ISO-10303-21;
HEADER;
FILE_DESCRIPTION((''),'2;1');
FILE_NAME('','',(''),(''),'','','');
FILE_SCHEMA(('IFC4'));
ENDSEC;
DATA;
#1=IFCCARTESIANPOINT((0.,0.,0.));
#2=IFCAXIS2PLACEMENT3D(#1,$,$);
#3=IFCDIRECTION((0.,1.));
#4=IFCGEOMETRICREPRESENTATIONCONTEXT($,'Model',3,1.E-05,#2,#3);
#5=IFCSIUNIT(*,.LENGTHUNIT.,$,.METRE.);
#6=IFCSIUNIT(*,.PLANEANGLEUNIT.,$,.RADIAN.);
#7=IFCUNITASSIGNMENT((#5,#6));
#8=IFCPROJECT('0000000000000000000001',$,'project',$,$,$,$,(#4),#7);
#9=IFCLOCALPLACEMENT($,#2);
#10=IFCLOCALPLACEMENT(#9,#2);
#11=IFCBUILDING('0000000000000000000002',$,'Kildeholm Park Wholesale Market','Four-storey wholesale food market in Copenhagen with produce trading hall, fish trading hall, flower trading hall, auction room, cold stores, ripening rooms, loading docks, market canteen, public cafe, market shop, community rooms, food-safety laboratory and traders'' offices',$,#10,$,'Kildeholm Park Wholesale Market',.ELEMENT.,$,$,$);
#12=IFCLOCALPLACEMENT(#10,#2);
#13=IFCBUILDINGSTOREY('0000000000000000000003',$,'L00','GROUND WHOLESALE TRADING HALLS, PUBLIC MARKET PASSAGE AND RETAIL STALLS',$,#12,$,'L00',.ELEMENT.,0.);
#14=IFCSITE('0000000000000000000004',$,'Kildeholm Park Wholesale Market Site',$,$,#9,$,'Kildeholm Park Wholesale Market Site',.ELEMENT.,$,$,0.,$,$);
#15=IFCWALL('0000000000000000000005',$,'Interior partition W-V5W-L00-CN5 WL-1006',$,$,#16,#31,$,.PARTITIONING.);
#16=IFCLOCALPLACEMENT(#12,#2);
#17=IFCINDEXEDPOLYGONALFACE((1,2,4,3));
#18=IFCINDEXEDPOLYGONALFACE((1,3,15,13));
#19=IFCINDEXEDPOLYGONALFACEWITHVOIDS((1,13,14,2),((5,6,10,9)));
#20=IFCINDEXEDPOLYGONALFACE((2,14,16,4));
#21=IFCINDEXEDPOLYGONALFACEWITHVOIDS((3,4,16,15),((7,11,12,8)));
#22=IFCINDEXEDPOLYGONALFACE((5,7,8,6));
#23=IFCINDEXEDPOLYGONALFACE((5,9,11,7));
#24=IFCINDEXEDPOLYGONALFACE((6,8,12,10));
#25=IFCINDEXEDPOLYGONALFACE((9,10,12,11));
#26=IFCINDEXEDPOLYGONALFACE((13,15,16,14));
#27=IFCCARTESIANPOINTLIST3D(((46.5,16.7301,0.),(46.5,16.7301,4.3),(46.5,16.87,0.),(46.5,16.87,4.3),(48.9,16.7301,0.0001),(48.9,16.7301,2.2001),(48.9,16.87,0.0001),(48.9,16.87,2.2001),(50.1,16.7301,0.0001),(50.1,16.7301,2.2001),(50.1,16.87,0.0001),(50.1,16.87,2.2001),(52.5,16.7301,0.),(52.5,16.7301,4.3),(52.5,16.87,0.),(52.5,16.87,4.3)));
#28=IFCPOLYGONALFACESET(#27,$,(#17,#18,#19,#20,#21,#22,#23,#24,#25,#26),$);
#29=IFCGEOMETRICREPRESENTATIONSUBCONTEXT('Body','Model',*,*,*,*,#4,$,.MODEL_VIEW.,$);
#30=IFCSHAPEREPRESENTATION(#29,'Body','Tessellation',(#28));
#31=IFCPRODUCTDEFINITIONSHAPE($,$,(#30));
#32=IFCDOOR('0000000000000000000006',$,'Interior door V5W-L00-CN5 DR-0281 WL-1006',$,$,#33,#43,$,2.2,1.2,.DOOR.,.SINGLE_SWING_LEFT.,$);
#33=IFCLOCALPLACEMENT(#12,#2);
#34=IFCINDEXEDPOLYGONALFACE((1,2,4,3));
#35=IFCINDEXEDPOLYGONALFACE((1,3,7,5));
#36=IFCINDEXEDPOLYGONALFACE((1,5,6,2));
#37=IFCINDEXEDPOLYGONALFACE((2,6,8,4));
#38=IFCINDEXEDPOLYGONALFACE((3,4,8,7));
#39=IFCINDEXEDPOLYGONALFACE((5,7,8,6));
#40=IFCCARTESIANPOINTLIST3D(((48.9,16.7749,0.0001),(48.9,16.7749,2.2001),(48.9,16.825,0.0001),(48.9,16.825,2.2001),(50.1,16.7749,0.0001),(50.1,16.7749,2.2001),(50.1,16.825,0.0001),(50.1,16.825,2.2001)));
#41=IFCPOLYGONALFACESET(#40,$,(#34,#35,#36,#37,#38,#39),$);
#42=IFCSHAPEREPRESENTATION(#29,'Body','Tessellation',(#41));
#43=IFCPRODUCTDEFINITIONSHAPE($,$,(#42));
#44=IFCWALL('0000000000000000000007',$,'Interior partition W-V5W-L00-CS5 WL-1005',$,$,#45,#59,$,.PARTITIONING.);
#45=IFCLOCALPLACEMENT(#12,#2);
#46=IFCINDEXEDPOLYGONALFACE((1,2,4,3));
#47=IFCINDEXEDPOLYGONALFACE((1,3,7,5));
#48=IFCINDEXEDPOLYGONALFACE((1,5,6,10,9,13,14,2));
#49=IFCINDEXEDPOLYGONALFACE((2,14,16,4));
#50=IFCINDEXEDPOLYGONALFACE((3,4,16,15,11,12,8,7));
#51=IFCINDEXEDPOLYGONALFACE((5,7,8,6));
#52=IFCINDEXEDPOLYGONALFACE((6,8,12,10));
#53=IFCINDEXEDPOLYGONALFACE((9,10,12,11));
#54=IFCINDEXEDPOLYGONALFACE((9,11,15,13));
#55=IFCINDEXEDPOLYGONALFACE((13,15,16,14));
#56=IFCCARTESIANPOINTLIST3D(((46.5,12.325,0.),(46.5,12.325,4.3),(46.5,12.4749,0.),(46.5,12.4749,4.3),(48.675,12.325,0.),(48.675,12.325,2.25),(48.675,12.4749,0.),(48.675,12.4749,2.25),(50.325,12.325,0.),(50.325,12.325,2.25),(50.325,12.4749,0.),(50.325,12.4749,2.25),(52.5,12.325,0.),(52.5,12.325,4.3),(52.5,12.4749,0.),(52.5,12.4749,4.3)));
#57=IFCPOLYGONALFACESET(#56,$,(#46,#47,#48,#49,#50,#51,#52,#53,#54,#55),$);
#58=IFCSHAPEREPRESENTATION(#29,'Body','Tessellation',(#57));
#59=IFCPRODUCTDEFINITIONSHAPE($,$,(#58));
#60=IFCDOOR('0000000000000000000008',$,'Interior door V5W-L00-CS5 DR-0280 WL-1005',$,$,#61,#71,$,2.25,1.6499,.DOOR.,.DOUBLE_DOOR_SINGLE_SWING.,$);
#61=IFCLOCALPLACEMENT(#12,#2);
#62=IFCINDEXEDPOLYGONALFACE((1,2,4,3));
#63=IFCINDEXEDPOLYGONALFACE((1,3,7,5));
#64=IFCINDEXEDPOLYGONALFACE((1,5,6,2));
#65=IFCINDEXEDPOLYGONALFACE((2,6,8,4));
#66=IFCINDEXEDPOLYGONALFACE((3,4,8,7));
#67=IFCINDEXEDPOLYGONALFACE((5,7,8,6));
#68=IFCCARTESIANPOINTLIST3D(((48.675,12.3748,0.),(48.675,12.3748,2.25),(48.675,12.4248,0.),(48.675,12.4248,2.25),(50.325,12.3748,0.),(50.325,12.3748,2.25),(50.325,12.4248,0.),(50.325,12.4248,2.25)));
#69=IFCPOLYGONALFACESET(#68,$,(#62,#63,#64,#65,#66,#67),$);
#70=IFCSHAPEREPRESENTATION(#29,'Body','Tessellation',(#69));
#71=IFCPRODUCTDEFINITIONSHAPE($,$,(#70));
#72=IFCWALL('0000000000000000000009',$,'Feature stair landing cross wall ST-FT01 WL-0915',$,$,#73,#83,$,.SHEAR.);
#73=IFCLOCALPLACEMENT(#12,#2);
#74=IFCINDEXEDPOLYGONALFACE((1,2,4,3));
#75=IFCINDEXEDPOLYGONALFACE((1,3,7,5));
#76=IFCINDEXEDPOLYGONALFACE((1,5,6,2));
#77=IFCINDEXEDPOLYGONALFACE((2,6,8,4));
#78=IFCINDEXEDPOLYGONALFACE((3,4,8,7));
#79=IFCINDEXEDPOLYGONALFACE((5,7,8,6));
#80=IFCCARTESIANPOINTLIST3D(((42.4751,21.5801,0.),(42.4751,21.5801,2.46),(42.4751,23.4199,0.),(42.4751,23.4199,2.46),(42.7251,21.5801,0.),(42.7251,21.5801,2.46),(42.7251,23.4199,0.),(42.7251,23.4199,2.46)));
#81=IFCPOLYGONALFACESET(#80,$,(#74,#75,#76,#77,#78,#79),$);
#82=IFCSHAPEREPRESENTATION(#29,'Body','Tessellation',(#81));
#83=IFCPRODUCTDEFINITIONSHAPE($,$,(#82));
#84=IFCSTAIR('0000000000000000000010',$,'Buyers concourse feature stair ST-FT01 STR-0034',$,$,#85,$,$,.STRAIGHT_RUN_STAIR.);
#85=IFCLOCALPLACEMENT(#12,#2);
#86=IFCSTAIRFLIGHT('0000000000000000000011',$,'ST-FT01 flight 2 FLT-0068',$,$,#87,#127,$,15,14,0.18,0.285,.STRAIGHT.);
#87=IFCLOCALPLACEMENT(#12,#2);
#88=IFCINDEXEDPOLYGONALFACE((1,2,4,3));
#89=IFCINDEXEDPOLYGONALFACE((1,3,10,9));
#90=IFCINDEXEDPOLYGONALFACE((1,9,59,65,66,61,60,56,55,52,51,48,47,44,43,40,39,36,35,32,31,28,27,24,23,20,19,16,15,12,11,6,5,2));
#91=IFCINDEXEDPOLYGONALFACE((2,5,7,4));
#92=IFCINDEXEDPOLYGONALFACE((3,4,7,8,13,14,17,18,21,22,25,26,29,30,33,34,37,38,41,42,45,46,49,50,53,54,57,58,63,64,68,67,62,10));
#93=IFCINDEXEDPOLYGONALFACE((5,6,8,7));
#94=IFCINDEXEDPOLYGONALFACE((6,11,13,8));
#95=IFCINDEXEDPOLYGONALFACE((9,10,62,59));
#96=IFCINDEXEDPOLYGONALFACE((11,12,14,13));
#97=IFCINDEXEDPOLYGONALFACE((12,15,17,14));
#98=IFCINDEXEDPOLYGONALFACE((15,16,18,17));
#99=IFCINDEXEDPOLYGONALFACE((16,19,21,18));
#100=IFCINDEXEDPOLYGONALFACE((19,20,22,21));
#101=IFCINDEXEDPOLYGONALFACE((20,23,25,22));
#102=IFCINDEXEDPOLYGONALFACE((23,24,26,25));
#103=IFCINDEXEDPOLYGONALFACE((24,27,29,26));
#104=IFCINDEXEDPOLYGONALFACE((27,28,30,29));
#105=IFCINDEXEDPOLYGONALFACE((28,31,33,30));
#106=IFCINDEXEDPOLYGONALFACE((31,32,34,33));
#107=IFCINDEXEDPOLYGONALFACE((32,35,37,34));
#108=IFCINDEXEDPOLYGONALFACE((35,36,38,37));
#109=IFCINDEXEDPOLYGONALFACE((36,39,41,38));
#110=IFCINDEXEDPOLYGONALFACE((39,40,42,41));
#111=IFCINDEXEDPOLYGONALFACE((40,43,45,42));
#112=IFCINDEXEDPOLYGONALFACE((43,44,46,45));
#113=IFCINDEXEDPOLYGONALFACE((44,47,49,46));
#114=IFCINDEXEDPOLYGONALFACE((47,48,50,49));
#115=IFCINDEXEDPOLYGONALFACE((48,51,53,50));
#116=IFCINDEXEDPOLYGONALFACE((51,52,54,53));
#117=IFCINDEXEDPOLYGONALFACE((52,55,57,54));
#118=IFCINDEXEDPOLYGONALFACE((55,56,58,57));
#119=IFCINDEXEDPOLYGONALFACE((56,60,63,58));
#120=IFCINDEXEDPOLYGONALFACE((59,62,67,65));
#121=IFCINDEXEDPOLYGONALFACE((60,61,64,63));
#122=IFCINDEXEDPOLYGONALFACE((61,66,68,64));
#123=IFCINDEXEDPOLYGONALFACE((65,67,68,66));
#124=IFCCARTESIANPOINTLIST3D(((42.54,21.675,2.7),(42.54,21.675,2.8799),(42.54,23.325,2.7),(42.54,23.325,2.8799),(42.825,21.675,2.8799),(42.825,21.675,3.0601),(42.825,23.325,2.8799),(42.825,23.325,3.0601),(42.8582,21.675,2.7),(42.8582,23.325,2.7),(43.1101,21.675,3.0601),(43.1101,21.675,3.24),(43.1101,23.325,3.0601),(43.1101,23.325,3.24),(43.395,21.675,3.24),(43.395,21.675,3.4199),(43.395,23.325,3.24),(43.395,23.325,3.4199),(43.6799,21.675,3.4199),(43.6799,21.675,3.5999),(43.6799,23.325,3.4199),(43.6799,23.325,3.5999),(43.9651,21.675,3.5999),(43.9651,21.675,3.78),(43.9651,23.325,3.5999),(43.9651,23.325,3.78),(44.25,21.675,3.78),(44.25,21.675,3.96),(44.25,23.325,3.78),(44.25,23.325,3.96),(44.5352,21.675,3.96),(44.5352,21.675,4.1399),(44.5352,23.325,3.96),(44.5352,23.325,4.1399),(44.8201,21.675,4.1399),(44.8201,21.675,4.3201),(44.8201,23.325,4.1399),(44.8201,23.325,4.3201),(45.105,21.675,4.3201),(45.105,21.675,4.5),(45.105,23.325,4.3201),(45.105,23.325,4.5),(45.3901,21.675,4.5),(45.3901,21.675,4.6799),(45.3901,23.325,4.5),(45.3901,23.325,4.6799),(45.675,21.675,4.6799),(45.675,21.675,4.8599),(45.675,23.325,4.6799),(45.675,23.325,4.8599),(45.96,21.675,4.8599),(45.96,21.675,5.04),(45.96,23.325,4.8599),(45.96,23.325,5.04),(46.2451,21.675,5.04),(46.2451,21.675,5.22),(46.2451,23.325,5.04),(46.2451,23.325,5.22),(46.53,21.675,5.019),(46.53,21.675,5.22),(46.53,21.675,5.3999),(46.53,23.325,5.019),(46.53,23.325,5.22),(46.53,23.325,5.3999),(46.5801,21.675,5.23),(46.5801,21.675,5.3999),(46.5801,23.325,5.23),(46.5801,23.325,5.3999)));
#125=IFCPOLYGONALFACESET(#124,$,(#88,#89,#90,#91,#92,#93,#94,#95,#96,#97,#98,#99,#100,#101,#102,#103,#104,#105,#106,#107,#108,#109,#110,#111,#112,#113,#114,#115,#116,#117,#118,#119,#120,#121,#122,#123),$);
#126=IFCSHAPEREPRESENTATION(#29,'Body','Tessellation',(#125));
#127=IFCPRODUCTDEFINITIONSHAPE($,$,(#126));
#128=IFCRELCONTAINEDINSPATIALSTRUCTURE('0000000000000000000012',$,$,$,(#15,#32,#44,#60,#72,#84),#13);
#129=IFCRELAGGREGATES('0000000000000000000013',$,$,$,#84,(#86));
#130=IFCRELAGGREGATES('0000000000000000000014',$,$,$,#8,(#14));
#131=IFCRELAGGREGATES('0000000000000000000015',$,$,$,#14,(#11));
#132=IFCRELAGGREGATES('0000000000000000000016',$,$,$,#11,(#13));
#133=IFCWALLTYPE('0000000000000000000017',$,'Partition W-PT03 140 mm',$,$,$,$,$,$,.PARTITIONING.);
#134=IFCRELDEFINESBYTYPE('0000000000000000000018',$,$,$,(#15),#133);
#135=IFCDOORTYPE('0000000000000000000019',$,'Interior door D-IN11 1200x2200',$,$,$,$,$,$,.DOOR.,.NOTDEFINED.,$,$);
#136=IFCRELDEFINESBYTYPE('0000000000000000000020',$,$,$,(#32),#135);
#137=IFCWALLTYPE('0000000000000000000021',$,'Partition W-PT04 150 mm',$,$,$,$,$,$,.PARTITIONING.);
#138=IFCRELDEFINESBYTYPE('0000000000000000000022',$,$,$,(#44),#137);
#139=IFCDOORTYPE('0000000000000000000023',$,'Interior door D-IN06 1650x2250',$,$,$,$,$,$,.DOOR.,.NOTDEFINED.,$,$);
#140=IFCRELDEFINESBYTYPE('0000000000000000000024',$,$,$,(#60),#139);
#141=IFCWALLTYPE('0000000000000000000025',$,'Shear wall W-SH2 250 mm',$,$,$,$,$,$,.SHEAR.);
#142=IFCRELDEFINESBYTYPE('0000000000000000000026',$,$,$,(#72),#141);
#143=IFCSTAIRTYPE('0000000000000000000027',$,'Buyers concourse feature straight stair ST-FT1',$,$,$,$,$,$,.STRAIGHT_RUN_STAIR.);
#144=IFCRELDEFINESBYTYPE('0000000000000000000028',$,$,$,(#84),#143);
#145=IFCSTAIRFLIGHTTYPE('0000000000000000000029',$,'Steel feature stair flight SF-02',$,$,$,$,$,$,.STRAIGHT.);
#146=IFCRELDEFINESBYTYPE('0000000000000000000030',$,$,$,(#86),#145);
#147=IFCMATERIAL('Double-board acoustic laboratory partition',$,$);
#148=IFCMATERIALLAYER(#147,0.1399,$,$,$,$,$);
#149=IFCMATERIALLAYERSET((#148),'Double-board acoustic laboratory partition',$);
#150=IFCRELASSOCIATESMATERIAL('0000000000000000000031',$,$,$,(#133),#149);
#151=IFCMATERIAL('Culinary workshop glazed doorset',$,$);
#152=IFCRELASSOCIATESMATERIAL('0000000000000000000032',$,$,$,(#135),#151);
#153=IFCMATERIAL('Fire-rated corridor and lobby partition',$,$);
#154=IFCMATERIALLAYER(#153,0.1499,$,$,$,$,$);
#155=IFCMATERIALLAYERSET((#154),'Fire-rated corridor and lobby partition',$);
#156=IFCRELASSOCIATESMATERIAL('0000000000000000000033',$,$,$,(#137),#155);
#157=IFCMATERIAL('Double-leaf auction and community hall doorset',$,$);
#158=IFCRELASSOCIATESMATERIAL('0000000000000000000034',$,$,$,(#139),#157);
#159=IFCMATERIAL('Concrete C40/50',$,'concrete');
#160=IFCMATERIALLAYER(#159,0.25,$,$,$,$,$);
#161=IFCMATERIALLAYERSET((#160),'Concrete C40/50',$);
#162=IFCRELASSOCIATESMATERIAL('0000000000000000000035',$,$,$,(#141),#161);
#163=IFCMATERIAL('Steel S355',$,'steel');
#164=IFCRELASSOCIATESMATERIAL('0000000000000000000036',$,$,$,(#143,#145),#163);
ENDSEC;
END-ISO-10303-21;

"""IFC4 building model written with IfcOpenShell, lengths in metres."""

from ifc_helpers import new_model, si_unit, direction, frame, frame_2d, origin, place, context, subcontext, project, spatial, polyline, rectangle, outline, extrude, material, layer, layer_set, type_object, element, fill, aggregate, save


model = new_model("IFC4")

# Units and contexts
model_context = context("Model", 3, precision=1e-05, world=origin(), true_north=direction((0.0, 1.0)))
body_context = subcontext(model_context, "Body", "Model", "MODEL_VIEW")
ifc_project = project(units=[si_unit("LENGTHUNIT", "METRE"), si_unit("PLANEANGLEUNIT", "RADIAN")], contexts=[model_context])

# Site, building, storey
site_placement = place(None, origin())
site = spatial("IfcSite", under=ifc_project, at=site_placement, Name="Kildeholm Park Wholesale Market Site", LongName="Kildeholm Park Wholesale Market Site", CompositionType="ELEMENT", RefElevation=0.0)
building_placement = place(site_placement, origin())
building = spatial("IfcBuilding", under=site, at=building_placement, Name="Kildeholm Park Wholesale Market", Description="Four-storey wholesale food market in Copenhagen with produce trading hall, fish trading hall, flower trading hall, auction room, cold stores, ripening rooms, loading docks, market canteen, public cafe, market shop, community rooms, food-safety laboratory and traders' offices", LongName="Kildeholm Park Wholesale Market", CompositionType="ELEMENT")
storey_placement = place(building_placement, origin())
storey = spatial("IfcBuildingStorey", under=building, at=storey_placement, Name="L00", Description="GROUND WHOLESALE TRADING HALLS, PUBLIC MARKET PASSAGE AND RETAIL STALLS", LongName="L00", CompositionType="ELEMENT", Elevation=0.0)

# Shared definitions
ifc_material_1 = material(Name="Steel S355", Category="steel")

# Walls, openings, doors
ifc_material_2 = material(Name="Double-board acoustic laboratory partition")
ifc_layer_1 = layer(ifc_material_2, 0.1399)
ifc_layer_set_1 = layer_set([ifc_layer_1], Name="Double-board acoustic laboratory partition")
wall_type_1 = type_object("IfcWallType", Name="Partition W-PT03 140 mm", PredefinedType="PARTITIONING", material=ifc_layer_set_1)
wall_1_placement = place(storey_placement, frame((46.5, 16.8, 0.0), z_axis=(0.0, 0.0, 1.0), x_axis=(1.0, 0.0, 0.0)))
wall_1 = element("IfcWall", 1, at=wall_1_placement, inside=storey, type_object=wall_type_1, Name="Interior partition W-V5W-L00-CN5 WL-1006", PredefinedType="PARTITIONING", context=body_context, shape_type="SweptSolid", body=[
    extrude(rectangle(XDim=6.0, YDim=0.1399, at=frame_2d((3.0, 0.0))), origin(), (0.0, 0.0, 1.0), 4.3),
])
opening_1_placement = place(wall_1_placement, frame((2.3999, 0.0, 0.0)))
opening_1 = element("IfcOpeningElement", 2, at=opening_1_placement, cuts=wall_1, PredefinedType="OPENING", context=body_context, shape_type="SweptSolid", body=[
    extrude(rectangle(XDim=1.2, YDim=2.2, at=frame_2d((0.6001, 1.1001))), frame((0.0, 0.0798, 0.0), z_axis=(0.0, -1.0, 0.0), x_axis=(1.0, 0.0, 0.0)), (0.0, 0.0, 1.0), 0.1599),
])
ifc_material_3 = material(Name="Culinary workshop glazed doorset")
door_type_1 = type_object("IfcDoorType", Name="Interior door D-IN11 1200x2200", OperationType="NOTDEFINED", PredefinedType="DOOR", material=ifc_material_3)
door_1_placement = place(opening_1_placement, origin())
door_1 = element("IfcDoor", 3, at=door_1_placement, inside=storey, type_object=door_type_1, Name="Interior door V5W-L00-CN5 DR-0281 WL-1006", OperationType="SINGLE_SWING_LEFT", OverallHeight=2.2, OverallWidth=1.2, PredefinedType="DOOR", context=body_context, shape_type="SweptSolid", body=[
    extrude(rectangle(XDim=1.2, YDim=2.2, at=frame_2d((0.6001, 1.1001))), frame((0.0, 0.0249, 0.0), z_axis=(0.0, -1.0, 0.0), x_axis=(1.0, 0.0, 0.0)), (0.0, 0.0, 1.0), 0.05),
])
fill(opening_1, door_1)
ifc_material_4 = material(Name="Fire-rated corridor and lobby partition")
ifc_layer_2 = layer(ifc_material_4, 0.1499)
ifc_layer_set_2 = layer_set([ifc_layer_2], Name="Fire-rated corridor and lobby partition")
wall_type_2 = type_object("IfcWallType", Name="Partition W-PT04 150 mm", PredefinedType="PARTITIONING", material=ifc_layer_set_2)
wall_2_placement = place(storey_placement, frame((46.5, 12.3999, 0.0), z_axis=(0.0, 0.0, 1.0), x_axis=(1.0, 0.0, 0.0)))
wall_2 = element("IfcWall", 4, at=wall_2_placement, inside=storey, type_object=wall_type_2, Name="Interior partition W-V5W-L00-CS5 WL-1005", PredefinedType="PARTITIONING", context=body_context, shape_type="SweptSolid", body=[
    extrude(rectangle(XDim=6.0, YDim=0.1499, at=frame_2d((3.0, 0.0))), origin(), (0.0, 0.0, 1.0), 4.3),
])
opening_2_placement = place(wall_2_placement, frame((2.175, 0.0, 0.0)))
opening_2 = element("IfcOpeningElement", 5, at=opening_2_placement, cuts=wall_2, PredefinedType="OPENING", context=body_context, shape_type="SweptSolid", body=[
    extrude(rectangle(XDim=1.6499, YDim=2.25, at=frame_2d((0.825, 1.125))), frame((0.0, 0.085, 0.0), z_axis=(0.0, -1.0, 0.0), x_axis=(1.0, 0.0, 0.0)), (0.0, 0.0, 1.0), 0.1699),
])
ifc_material_5 = material(Name="Double-leaf auction and community hall doorset")
door_type_2 = type_object("IfcDoorType", Name="Interior door D-IN06 1650x2250", OperationType="NOTDEFINED", PredefinedType="DOOR", material=ifc_material_5)
door_2_placement = place(opening_2_placement, origin())
door_2 = element("IfcDoor", 6, at=door_2_placement, inside=storey, type_object=door_type_2, Name="Interior door V5W-L00-CS5 DR-0280 WL-1005", OperationType="DOUBLE_DOOR_SINGLE_SWING", OverallHeight=2.25, OverallWidth=1.6499, PredefinedType="DOOR", context=body_context, shape_type="SweptSolid", body=[
    extrude(rectangle(XDim=1.6499, YDim=2.25, at=frame_2d((0.825, 1.125))), frame((0.0, 0.0249, 0.0), z_axis=(0.0, -1.0, 0.0), x_axis=(1.0, 0.0, 0.0)), (0.0, 0.0, 1.0), 0.05),
])
fill(opening_2, door_2)

# Wall
ifc_material_6 = material(Name="Concrete C40/50", Category="concrete")
ifc_layer_3 = layer(ifc_material_6, 0.25)
ifc_layer_set_3 = layer_set([ifc_layer_3], Name="Concrete C40/50")
wall_type_3 = type_object("IfcWallType", Name="Shear wall W-SH2 250 mm", PredefinedType="SHEAR", material=ifc_layer_set_3)
wall_3_placement = place(storey_placement, frame((42.6001, 21.5801, 0.0), z_axis=(0.0, 0.0, 1.0), x_axis=(0.0, 1.0, 0.0)))
element("IfcWall", 7, at=wall_3_placement, inside=storey, type_object=wall_type_3, Name="Feature stair landing cross wall ST-FT01 WL-0915", PredefinedType="SHEAR", context=body_context, shape_type="SweptSolid", body=[
    extrude(rectangle(XDim=1.8398, YDim=0.25, at=frame_2d((0.9199, 0.0))), origin(), (0.0, 0.0, 1.0), 2.46),
])

# Stair, stair flight
stair_type = type_object("IfcStairType", Name="Buyers concourse feature straight stair ST-FT1", PredefinedType="STRAIGHT_RUN_STAIR", material=ifc_material_1)
stair_placement = place(storey_placement, origin())
stair = element("IfcStair", 8, at=stair_placement, inside=storey, type_object=stair_type, Name="Buyers concourse feature stair ST-FT01 STR-0034", PredefinedType="STRAIGHT_RUN_STAIR")
stair_flight_type = type_object("IfcStairFlightType", Name="Steel feature stair flight SF-02", PredefinedType="STRAIGHT", material=ifc_material_1)
stair_flight_placement = place(storey_placement, frame((42.54, 22.5, 2.7), z_axis=(0.0, 0.0, 1.0), x_axis=(1.0, 0.0, 0.0)))
stair_flight = element("IfcStairFlight", 9, at=stair_flight_placement, type_object=stair_flight_type, Name="ST-FT01 flight 2 FLT-0068", NumberOfRisers=15, NumberOfTreads=14, PredefinedType="STRAIGHT", RiserHeight=0.18, TreadLength=0.285, context=body_context, shape_type="SweptSolid", body=[
    extrude(outline(polyline([(0.0, 0.0), (0.0, 0.1799), (0.2849, 0.1799), (0.2849, 0.3601), (0.5701, 0.3601), (0.5701, 0.54), (0.855, 0.54), (0.855, 0.72), (1.1399, 0.72), (1.1399, 0.8999), (1.425, 0.8999), (1.425, 1.0801), (1.71, 1.0801), (1.71, 1.26), (1.9951, 1.26), (1.9951, 1.4399), (2.28, 1.4399), (2.28, 1.6201), (2.5649, 1.6201), (2.5649, 1.8), (2.8501, 1.8), (2.8501, 1.98), (3.135, 1.98), (3.135, 2.1599), (3.4199, 2.1599), (3.4199, 2.3401), (3.7051, 2.3401), (3.7051, 2.52), (3.99, 2.52), (3.99, 2.7), (4.04, 2.7), (4.04, 2.53), (3.99, 2.3191), (0.3181, 0.0), (0.0, 0.0)])), frame((0.0, 0.825, 0.0), z_axis=(0.0, -1.0, 0.0), x_axis=(1.0, 0.0, 0.0)), (0.0, 0.0, 1.0), 1.6499),
])
aggregate(stair, [stair_flight])

save(model, "model.ifc")
